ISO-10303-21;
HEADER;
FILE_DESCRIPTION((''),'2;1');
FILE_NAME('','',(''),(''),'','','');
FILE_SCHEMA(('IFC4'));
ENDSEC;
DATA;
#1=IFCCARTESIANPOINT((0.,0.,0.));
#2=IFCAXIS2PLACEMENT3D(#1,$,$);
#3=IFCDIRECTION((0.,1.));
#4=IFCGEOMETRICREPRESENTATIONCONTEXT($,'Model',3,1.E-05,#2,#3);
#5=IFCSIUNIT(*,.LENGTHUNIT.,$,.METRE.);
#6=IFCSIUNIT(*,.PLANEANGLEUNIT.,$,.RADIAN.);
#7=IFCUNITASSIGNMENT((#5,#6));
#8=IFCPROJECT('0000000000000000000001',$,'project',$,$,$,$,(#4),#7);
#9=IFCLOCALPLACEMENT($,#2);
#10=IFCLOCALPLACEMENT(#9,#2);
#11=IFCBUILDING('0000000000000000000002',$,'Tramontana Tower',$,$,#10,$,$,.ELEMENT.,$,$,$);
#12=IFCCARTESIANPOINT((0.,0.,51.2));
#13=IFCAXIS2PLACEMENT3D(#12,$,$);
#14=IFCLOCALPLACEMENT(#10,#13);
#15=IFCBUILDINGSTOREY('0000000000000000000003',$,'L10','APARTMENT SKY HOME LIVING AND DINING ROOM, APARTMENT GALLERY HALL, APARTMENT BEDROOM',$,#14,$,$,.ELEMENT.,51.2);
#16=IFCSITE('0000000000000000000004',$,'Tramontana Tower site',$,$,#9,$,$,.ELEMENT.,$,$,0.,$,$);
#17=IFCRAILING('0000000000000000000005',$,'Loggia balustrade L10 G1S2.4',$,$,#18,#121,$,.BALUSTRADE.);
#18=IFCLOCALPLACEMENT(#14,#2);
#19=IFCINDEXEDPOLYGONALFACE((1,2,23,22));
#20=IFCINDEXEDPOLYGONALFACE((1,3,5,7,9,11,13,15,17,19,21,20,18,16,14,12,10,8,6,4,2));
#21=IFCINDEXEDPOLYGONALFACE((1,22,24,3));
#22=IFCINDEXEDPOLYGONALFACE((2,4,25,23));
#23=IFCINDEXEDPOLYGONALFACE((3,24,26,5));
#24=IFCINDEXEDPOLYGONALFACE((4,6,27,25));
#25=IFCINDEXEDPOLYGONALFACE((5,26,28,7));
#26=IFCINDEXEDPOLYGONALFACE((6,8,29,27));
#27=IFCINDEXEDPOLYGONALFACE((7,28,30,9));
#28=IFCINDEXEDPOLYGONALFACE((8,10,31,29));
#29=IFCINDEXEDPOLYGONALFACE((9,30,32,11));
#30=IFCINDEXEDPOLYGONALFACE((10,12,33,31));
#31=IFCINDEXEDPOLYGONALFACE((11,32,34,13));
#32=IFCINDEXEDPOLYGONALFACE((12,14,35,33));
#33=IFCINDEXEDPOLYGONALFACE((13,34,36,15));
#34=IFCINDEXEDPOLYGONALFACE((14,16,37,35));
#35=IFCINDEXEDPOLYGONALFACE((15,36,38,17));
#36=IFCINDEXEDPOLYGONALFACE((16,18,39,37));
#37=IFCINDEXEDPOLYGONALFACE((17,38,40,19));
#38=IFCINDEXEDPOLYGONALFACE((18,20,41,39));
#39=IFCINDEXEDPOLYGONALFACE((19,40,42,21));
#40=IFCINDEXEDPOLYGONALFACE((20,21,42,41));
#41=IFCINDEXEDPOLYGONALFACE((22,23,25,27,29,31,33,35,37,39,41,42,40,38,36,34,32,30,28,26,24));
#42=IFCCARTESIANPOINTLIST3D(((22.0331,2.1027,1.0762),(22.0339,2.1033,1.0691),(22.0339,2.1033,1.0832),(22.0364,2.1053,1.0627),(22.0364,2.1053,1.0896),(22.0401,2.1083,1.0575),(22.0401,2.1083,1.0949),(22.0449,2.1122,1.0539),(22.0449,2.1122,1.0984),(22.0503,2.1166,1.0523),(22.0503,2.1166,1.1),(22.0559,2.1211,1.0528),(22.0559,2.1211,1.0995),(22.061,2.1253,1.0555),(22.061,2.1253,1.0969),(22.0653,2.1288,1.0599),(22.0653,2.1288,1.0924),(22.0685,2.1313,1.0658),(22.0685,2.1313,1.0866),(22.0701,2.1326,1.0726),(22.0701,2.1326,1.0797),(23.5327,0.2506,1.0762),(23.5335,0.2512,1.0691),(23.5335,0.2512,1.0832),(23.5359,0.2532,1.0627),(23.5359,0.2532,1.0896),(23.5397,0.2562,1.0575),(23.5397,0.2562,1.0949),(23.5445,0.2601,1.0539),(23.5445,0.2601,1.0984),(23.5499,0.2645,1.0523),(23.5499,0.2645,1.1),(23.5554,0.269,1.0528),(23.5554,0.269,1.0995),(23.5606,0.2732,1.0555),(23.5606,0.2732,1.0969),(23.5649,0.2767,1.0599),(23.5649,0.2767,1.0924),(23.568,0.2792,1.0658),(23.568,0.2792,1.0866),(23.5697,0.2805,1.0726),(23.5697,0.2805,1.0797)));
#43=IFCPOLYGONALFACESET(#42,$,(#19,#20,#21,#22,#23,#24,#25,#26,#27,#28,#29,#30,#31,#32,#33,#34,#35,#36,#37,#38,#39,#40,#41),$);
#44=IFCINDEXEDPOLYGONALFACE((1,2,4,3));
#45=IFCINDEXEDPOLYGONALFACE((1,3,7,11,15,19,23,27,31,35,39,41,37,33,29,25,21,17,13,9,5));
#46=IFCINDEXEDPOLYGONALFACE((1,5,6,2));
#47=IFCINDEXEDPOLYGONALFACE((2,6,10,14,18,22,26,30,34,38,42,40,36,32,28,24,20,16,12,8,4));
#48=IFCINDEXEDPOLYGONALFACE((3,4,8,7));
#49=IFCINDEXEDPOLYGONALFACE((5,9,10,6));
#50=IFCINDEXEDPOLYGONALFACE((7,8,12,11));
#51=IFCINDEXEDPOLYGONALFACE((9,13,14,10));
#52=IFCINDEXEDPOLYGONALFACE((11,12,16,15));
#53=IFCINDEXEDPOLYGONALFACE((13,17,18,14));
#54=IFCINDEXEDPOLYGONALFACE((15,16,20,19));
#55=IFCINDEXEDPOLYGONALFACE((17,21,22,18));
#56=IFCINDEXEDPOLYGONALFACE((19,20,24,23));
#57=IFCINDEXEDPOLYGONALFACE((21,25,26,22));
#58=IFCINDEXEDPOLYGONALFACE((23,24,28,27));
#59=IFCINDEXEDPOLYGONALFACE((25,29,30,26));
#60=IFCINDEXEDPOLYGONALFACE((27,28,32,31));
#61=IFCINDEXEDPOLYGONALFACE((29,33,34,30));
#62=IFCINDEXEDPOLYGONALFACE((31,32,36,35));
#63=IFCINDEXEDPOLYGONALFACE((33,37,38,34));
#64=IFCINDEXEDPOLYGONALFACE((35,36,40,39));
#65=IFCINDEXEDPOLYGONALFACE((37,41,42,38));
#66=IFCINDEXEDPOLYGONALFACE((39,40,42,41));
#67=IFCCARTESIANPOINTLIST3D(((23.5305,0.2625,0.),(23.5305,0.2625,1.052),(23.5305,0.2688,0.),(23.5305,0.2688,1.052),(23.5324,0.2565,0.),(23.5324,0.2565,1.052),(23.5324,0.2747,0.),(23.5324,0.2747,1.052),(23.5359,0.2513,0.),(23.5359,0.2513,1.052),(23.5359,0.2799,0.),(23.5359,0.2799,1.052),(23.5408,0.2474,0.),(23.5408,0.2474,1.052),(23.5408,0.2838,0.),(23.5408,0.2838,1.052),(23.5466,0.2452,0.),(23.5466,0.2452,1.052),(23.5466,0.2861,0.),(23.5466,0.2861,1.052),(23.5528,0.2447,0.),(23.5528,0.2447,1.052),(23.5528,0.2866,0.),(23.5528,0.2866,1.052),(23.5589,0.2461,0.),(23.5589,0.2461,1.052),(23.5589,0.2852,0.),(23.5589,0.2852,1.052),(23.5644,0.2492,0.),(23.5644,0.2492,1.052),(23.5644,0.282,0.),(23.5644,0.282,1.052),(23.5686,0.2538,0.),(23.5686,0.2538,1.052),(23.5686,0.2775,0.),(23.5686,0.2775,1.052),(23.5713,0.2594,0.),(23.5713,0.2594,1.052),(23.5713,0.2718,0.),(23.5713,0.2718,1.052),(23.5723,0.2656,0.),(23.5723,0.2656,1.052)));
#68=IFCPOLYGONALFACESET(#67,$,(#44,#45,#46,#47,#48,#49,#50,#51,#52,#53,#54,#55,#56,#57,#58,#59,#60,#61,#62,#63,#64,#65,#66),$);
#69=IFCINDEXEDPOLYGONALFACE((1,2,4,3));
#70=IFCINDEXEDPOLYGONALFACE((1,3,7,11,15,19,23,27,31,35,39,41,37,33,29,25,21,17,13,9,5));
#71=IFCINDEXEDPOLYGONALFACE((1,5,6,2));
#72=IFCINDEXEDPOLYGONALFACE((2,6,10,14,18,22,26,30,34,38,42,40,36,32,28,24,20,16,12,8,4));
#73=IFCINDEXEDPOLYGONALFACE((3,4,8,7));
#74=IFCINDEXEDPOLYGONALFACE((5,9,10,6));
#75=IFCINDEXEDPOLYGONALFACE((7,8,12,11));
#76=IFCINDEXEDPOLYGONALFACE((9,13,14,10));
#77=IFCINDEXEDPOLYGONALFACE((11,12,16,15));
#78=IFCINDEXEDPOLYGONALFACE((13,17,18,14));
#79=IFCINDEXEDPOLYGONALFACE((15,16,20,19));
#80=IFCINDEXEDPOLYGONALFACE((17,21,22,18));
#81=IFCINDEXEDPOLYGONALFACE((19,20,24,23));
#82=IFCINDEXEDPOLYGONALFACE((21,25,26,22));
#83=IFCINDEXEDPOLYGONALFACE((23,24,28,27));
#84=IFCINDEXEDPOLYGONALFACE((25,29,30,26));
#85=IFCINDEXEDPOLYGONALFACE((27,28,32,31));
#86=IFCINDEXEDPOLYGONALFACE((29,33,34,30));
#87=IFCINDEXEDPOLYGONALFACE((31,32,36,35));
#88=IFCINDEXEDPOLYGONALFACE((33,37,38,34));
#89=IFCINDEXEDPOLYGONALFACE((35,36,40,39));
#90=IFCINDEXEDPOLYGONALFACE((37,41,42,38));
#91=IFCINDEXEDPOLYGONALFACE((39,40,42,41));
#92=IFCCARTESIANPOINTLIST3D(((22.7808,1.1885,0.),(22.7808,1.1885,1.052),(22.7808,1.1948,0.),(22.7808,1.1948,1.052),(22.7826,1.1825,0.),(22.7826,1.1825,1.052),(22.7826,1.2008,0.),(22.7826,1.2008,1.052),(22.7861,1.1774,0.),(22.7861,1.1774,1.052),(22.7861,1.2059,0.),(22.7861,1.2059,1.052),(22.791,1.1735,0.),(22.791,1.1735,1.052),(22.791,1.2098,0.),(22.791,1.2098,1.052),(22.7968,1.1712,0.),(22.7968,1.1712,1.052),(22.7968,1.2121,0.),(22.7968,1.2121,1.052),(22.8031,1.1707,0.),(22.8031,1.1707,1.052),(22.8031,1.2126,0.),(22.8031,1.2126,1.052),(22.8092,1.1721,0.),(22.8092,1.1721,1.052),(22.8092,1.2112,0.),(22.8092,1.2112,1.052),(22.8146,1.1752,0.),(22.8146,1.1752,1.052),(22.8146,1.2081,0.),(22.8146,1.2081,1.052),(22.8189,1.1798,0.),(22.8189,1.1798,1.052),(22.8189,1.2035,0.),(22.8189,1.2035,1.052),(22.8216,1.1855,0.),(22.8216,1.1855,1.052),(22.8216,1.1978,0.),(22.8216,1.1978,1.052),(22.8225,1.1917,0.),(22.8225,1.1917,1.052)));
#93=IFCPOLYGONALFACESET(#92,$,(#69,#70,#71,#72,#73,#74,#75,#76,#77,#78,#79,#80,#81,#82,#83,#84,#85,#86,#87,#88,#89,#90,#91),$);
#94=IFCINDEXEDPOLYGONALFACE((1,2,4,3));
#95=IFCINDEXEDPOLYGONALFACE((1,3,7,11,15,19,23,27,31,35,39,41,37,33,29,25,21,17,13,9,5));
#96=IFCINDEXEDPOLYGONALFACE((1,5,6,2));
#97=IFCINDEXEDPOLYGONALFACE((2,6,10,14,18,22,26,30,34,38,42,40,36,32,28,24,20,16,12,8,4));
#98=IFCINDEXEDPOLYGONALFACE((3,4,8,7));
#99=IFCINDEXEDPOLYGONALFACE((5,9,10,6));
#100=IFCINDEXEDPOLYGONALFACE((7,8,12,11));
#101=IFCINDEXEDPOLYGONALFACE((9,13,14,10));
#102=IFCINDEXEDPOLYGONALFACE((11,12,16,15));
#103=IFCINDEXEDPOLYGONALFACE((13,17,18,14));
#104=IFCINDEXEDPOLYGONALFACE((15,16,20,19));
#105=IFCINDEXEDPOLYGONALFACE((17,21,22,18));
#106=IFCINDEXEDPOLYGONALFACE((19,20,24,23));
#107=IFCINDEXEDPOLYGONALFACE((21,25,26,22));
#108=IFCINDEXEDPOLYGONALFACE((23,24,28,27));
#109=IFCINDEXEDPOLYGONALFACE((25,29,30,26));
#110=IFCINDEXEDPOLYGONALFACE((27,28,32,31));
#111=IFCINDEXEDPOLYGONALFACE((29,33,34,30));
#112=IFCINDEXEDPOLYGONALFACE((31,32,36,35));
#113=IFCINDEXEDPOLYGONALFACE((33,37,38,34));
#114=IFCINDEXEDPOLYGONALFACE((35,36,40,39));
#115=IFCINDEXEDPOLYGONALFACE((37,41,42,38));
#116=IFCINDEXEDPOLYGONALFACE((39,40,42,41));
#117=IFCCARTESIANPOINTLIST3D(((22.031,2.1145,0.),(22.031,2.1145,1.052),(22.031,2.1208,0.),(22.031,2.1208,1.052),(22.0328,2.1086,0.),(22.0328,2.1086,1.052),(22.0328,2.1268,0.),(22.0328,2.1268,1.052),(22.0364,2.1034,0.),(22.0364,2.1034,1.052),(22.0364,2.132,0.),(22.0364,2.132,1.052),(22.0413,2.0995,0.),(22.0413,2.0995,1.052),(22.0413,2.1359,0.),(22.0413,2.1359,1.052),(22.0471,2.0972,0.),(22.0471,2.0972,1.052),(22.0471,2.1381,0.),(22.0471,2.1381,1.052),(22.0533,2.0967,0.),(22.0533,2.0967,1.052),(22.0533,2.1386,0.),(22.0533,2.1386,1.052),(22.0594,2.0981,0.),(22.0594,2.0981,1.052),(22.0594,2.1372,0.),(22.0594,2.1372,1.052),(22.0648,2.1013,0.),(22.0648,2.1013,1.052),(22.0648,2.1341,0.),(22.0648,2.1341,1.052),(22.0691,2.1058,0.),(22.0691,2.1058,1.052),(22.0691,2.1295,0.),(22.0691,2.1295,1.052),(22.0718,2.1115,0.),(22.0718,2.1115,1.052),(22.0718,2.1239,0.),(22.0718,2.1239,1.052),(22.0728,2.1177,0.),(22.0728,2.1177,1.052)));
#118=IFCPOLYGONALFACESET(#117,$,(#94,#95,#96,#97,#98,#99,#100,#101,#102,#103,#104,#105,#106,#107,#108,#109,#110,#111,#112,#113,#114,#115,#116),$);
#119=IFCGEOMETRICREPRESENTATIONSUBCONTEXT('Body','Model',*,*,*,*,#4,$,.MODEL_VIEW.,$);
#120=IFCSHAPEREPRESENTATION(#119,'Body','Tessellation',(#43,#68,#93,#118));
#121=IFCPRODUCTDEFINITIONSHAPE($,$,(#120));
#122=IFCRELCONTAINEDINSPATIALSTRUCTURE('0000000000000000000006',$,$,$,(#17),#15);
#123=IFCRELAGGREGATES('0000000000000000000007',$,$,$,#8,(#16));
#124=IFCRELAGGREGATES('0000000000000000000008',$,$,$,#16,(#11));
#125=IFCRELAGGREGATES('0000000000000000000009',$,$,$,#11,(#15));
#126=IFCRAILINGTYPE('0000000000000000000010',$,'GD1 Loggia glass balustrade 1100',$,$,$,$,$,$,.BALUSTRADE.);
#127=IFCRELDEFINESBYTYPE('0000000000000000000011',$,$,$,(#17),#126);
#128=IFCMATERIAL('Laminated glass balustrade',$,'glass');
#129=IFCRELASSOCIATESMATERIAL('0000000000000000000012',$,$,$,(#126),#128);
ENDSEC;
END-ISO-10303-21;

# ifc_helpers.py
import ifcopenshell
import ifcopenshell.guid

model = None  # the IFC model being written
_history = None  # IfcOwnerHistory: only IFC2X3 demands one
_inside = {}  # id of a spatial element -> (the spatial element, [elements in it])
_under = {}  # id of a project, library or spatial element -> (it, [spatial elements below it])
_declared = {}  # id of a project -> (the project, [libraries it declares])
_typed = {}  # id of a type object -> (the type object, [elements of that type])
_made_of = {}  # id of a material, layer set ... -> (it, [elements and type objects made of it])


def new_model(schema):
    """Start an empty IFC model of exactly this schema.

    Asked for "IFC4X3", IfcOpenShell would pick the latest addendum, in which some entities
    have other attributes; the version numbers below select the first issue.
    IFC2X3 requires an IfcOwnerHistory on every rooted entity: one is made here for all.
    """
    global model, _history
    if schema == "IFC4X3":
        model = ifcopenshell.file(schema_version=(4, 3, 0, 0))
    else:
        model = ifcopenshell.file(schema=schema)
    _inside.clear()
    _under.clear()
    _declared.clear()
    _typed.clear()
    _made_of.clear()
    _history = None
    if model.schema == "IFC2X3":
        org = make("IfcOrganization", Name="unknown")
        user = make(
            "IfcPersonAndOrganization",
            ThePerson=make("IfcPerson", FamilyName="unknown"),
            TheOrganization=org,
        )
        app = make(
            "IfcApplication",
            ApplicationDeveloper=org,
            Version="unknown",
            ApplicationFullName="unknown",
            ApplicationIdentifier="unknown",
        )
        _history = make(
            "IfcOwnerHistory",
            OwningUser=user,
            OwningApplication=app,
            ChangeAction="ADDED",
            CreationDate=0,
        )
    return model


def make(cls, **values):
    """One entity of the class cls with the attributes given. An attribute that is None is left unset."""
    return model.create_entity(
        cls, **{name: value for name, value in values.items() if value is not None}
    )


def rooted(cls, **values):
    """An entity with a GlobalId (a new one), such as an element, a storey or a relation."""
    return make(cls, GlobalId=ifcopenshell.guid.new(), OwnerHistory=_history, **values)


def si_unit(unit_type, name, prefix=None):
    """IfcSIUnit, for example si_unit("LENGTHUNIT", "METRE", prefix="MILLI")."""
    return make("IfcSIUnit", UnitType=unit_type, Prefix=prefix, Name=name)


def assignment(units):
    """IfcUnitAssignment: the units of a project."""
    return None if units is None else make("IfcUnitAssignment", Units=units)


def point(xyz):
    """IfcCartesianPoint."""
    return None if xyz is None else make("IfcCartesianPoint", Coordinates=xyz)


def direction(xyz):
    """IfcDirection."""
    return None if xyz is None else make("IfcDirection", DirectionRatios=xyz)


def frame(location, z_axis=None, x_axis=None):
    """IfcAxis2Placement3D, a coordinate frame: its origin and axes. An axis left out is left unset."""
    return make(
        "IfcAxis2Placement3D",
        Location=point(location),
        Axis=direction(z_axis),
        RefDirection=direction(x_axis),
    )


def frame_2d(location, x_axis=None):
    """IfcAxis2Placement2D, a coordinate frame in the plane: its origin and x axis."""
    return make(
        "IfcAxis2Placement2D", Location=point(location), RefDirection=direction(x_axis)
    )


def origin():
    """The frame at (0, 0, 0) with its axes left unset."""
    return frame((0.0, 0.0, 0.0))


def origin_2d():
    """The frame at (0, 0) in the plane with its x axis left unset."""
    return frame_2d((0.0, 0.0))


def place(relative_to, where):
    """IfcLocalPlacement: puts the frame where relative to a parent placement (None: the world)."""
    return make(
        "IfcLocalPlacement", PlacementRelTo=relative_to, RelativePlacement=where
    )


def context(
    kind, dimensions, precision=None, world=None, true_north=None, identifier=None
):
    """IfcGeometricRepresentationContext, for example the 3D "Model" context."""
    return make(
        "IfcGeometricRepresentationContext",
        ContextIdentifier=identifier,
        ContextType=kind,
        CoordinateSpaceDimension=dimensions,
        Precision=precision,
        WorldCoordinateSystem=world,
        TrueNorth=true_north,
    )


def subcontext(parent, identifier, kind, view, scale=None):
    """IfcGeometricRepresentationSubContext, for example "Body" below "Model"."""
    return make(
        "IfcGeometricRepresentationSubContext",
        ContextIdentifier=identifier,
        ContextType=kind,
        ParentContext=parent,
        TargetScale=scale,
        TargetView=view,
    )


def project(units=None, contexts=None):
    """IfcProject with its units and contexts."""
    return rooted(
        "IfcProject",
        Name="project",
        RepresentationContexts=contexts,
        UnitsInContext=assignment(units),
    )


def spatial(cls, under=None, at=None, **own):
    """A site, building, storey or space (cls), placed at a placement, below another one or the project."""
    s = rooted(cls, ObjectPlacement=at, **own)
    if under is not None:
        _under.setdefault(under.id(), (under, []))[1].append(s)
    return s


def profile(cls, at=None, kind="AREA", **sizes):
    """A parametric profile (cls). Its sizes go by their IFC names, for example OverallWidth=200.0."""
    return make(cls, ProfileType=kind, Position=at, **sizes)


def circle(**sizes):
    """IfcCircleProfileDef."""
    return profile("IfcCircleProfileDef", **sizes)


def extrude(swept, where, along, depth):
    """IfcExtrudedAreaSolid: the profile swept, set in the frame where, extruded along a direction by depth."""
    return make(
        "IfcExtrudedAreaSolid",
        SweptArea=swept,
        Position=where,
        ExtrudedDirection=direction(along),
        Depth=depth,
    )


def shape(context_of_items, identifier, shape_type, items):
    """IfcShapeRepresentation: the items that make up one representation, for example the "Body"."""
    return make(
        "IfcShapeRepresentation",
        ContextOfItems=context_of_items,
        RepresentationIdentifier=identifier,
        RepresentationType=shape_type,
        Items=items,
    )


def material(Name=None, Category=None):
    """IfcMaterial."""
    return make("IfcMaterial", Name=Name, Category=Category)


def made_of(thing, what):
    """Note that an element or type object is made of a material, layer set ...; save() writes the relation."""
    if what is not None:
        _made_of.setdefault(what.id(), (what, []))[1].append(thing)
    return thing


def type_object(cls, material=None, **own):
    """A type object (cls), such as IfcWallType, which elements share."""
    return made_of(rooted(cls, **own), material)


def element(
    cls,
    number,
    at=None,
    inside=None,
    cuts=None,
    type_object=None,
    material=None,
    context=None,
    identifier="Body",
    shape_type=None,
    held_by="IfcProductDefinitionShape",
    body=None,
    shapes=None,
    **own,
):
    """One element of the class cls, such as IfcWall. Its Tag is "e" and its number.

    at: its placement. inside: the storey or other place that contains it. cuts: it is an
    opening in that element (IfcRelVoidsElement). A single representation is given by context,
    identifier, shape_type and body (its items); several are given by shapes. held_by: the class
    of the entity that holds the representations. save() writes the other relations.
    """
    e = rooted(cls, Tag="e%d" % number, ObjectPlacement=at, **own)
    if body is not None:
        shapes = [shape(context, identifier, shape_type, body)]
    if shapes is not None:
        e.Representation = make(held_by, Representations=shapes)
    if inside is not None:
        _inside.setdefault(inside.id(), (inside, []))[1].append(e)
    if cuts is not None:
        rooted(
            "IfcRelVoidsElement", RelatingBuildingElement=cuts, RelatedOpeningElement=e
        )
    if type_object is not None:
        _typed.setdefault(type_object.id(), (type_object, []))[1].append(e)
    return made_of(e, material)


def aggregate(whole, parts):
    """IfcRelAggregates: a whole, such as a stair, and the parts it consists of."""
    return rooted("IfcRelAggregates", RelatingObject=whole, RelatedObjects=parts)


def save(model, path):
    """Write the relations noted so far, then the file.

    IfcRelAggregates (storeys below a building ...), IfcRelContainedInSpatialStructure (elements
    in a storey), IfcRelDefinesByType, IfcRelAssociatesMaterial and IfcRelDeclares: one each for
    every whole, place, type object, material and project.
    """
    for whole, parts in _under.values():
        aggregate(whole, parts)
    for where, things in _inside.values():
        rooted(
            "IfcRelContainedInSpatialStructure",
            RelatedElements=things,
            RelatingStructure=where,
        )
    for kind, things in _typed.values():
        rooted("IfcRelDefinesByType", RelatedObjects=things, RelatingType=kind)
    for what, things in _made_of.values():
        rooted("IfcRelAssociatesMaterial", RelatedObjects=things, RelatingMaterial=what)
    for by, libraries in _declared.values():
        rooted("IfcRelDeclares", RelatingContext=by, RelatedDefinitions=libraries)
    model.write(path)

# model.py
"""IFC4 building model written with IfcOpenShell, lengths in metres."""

from ifc_helpers import new_model, si_unit, direction, frame, origin, origin_2d, place, context, subcontext, project, spatial, circle, extrude, material, type_object, element, save


model = new_model("IFC4")

# Units and contexts
model_context = context("Model", 3, precision=1e-05, world=origin(), true_north=direction((0.0, 1.0)))
body_context = subcontext(model_context, "Body", "Model", "MODEL_VIEW")
ifc_project = project(units=[si_unit("LENGTHUNIT", "METRE"), si_unit("PLANEANGLEUNIT", "RADIAN")], contexts=[model_context])

# Site, building, storey
site_placement = place(None, origin())
site = spatial("IfcSite", under=ifc_project, at=site_placement, Name="Tramontana Tower site", CompositionType="ELEMENT", RefElevation=0.0)
building_placement = place(site_placement, origin())
building = spatial("IfcBuilding", under=site, at=building_placement, Name="Tramontana Tower", CompositionType="ELEMENT")
storey_placement = place(building_placement, frame((0.0, 0.0, 51.2)))
storey = spatial("IfcBuildingStorey", under=building, at=storey_placement, Name="L10", Description="APARTMENT SKY HOME LIVING AND DINING ROOM, APARTMENT GALLERY HALL, APARTMENT BEDROOM", CompositionType="ELEMENT", Elevation=51.2)

# Railing
ifc_material_1 = material(Name="Laminated glass balustrade", Category="glass")
railing_type = type_object("IfcRailingType", Name="GD1 Loggia glass balustrade 1100", PredefinedType="BALUSTRADE", material=ifc_material_1)
railing_1_placement = place(storey_placement, frame((23.5513, 0.2656, 0.0)))
element("IfcRailing", 1, at=railing_1_placement, inside=storey, type_object=railing_type, Name="Loggia balustrade L10 G1S2.4", PredefinedType="BALUSTRADE", context=body_context, shape_type="SweptSolid", body=[
    extrude(circle(Radius=0.0239, at=origin_2d()), frame((0.0, 0.0, 1.0762), z_axis=(-0.629257, 0.777197, 0.0), x_axis=(-0.777197, -0.629257, 0.0)), (0.0, 0.0, 1.0), 2.3831),
    extrude(circle(Radius=0.021, at=origin_2d()), origin(), (0.0, 0.0, 1.0), 1.052),
    extrude(circle(Radius=0.021, at=origin_2d()), frame((-0.7498, 0.926, 0.0)), (0.0, 0.0, 1.0), 1.052),
    extrude(circle(Radius=0.021, at=origin_2d()), frame((-1.4995, 1.8521, 0.0)), (0.0, 0.0, 1.0), 1.052),
])

save(model, "model.ifc")
